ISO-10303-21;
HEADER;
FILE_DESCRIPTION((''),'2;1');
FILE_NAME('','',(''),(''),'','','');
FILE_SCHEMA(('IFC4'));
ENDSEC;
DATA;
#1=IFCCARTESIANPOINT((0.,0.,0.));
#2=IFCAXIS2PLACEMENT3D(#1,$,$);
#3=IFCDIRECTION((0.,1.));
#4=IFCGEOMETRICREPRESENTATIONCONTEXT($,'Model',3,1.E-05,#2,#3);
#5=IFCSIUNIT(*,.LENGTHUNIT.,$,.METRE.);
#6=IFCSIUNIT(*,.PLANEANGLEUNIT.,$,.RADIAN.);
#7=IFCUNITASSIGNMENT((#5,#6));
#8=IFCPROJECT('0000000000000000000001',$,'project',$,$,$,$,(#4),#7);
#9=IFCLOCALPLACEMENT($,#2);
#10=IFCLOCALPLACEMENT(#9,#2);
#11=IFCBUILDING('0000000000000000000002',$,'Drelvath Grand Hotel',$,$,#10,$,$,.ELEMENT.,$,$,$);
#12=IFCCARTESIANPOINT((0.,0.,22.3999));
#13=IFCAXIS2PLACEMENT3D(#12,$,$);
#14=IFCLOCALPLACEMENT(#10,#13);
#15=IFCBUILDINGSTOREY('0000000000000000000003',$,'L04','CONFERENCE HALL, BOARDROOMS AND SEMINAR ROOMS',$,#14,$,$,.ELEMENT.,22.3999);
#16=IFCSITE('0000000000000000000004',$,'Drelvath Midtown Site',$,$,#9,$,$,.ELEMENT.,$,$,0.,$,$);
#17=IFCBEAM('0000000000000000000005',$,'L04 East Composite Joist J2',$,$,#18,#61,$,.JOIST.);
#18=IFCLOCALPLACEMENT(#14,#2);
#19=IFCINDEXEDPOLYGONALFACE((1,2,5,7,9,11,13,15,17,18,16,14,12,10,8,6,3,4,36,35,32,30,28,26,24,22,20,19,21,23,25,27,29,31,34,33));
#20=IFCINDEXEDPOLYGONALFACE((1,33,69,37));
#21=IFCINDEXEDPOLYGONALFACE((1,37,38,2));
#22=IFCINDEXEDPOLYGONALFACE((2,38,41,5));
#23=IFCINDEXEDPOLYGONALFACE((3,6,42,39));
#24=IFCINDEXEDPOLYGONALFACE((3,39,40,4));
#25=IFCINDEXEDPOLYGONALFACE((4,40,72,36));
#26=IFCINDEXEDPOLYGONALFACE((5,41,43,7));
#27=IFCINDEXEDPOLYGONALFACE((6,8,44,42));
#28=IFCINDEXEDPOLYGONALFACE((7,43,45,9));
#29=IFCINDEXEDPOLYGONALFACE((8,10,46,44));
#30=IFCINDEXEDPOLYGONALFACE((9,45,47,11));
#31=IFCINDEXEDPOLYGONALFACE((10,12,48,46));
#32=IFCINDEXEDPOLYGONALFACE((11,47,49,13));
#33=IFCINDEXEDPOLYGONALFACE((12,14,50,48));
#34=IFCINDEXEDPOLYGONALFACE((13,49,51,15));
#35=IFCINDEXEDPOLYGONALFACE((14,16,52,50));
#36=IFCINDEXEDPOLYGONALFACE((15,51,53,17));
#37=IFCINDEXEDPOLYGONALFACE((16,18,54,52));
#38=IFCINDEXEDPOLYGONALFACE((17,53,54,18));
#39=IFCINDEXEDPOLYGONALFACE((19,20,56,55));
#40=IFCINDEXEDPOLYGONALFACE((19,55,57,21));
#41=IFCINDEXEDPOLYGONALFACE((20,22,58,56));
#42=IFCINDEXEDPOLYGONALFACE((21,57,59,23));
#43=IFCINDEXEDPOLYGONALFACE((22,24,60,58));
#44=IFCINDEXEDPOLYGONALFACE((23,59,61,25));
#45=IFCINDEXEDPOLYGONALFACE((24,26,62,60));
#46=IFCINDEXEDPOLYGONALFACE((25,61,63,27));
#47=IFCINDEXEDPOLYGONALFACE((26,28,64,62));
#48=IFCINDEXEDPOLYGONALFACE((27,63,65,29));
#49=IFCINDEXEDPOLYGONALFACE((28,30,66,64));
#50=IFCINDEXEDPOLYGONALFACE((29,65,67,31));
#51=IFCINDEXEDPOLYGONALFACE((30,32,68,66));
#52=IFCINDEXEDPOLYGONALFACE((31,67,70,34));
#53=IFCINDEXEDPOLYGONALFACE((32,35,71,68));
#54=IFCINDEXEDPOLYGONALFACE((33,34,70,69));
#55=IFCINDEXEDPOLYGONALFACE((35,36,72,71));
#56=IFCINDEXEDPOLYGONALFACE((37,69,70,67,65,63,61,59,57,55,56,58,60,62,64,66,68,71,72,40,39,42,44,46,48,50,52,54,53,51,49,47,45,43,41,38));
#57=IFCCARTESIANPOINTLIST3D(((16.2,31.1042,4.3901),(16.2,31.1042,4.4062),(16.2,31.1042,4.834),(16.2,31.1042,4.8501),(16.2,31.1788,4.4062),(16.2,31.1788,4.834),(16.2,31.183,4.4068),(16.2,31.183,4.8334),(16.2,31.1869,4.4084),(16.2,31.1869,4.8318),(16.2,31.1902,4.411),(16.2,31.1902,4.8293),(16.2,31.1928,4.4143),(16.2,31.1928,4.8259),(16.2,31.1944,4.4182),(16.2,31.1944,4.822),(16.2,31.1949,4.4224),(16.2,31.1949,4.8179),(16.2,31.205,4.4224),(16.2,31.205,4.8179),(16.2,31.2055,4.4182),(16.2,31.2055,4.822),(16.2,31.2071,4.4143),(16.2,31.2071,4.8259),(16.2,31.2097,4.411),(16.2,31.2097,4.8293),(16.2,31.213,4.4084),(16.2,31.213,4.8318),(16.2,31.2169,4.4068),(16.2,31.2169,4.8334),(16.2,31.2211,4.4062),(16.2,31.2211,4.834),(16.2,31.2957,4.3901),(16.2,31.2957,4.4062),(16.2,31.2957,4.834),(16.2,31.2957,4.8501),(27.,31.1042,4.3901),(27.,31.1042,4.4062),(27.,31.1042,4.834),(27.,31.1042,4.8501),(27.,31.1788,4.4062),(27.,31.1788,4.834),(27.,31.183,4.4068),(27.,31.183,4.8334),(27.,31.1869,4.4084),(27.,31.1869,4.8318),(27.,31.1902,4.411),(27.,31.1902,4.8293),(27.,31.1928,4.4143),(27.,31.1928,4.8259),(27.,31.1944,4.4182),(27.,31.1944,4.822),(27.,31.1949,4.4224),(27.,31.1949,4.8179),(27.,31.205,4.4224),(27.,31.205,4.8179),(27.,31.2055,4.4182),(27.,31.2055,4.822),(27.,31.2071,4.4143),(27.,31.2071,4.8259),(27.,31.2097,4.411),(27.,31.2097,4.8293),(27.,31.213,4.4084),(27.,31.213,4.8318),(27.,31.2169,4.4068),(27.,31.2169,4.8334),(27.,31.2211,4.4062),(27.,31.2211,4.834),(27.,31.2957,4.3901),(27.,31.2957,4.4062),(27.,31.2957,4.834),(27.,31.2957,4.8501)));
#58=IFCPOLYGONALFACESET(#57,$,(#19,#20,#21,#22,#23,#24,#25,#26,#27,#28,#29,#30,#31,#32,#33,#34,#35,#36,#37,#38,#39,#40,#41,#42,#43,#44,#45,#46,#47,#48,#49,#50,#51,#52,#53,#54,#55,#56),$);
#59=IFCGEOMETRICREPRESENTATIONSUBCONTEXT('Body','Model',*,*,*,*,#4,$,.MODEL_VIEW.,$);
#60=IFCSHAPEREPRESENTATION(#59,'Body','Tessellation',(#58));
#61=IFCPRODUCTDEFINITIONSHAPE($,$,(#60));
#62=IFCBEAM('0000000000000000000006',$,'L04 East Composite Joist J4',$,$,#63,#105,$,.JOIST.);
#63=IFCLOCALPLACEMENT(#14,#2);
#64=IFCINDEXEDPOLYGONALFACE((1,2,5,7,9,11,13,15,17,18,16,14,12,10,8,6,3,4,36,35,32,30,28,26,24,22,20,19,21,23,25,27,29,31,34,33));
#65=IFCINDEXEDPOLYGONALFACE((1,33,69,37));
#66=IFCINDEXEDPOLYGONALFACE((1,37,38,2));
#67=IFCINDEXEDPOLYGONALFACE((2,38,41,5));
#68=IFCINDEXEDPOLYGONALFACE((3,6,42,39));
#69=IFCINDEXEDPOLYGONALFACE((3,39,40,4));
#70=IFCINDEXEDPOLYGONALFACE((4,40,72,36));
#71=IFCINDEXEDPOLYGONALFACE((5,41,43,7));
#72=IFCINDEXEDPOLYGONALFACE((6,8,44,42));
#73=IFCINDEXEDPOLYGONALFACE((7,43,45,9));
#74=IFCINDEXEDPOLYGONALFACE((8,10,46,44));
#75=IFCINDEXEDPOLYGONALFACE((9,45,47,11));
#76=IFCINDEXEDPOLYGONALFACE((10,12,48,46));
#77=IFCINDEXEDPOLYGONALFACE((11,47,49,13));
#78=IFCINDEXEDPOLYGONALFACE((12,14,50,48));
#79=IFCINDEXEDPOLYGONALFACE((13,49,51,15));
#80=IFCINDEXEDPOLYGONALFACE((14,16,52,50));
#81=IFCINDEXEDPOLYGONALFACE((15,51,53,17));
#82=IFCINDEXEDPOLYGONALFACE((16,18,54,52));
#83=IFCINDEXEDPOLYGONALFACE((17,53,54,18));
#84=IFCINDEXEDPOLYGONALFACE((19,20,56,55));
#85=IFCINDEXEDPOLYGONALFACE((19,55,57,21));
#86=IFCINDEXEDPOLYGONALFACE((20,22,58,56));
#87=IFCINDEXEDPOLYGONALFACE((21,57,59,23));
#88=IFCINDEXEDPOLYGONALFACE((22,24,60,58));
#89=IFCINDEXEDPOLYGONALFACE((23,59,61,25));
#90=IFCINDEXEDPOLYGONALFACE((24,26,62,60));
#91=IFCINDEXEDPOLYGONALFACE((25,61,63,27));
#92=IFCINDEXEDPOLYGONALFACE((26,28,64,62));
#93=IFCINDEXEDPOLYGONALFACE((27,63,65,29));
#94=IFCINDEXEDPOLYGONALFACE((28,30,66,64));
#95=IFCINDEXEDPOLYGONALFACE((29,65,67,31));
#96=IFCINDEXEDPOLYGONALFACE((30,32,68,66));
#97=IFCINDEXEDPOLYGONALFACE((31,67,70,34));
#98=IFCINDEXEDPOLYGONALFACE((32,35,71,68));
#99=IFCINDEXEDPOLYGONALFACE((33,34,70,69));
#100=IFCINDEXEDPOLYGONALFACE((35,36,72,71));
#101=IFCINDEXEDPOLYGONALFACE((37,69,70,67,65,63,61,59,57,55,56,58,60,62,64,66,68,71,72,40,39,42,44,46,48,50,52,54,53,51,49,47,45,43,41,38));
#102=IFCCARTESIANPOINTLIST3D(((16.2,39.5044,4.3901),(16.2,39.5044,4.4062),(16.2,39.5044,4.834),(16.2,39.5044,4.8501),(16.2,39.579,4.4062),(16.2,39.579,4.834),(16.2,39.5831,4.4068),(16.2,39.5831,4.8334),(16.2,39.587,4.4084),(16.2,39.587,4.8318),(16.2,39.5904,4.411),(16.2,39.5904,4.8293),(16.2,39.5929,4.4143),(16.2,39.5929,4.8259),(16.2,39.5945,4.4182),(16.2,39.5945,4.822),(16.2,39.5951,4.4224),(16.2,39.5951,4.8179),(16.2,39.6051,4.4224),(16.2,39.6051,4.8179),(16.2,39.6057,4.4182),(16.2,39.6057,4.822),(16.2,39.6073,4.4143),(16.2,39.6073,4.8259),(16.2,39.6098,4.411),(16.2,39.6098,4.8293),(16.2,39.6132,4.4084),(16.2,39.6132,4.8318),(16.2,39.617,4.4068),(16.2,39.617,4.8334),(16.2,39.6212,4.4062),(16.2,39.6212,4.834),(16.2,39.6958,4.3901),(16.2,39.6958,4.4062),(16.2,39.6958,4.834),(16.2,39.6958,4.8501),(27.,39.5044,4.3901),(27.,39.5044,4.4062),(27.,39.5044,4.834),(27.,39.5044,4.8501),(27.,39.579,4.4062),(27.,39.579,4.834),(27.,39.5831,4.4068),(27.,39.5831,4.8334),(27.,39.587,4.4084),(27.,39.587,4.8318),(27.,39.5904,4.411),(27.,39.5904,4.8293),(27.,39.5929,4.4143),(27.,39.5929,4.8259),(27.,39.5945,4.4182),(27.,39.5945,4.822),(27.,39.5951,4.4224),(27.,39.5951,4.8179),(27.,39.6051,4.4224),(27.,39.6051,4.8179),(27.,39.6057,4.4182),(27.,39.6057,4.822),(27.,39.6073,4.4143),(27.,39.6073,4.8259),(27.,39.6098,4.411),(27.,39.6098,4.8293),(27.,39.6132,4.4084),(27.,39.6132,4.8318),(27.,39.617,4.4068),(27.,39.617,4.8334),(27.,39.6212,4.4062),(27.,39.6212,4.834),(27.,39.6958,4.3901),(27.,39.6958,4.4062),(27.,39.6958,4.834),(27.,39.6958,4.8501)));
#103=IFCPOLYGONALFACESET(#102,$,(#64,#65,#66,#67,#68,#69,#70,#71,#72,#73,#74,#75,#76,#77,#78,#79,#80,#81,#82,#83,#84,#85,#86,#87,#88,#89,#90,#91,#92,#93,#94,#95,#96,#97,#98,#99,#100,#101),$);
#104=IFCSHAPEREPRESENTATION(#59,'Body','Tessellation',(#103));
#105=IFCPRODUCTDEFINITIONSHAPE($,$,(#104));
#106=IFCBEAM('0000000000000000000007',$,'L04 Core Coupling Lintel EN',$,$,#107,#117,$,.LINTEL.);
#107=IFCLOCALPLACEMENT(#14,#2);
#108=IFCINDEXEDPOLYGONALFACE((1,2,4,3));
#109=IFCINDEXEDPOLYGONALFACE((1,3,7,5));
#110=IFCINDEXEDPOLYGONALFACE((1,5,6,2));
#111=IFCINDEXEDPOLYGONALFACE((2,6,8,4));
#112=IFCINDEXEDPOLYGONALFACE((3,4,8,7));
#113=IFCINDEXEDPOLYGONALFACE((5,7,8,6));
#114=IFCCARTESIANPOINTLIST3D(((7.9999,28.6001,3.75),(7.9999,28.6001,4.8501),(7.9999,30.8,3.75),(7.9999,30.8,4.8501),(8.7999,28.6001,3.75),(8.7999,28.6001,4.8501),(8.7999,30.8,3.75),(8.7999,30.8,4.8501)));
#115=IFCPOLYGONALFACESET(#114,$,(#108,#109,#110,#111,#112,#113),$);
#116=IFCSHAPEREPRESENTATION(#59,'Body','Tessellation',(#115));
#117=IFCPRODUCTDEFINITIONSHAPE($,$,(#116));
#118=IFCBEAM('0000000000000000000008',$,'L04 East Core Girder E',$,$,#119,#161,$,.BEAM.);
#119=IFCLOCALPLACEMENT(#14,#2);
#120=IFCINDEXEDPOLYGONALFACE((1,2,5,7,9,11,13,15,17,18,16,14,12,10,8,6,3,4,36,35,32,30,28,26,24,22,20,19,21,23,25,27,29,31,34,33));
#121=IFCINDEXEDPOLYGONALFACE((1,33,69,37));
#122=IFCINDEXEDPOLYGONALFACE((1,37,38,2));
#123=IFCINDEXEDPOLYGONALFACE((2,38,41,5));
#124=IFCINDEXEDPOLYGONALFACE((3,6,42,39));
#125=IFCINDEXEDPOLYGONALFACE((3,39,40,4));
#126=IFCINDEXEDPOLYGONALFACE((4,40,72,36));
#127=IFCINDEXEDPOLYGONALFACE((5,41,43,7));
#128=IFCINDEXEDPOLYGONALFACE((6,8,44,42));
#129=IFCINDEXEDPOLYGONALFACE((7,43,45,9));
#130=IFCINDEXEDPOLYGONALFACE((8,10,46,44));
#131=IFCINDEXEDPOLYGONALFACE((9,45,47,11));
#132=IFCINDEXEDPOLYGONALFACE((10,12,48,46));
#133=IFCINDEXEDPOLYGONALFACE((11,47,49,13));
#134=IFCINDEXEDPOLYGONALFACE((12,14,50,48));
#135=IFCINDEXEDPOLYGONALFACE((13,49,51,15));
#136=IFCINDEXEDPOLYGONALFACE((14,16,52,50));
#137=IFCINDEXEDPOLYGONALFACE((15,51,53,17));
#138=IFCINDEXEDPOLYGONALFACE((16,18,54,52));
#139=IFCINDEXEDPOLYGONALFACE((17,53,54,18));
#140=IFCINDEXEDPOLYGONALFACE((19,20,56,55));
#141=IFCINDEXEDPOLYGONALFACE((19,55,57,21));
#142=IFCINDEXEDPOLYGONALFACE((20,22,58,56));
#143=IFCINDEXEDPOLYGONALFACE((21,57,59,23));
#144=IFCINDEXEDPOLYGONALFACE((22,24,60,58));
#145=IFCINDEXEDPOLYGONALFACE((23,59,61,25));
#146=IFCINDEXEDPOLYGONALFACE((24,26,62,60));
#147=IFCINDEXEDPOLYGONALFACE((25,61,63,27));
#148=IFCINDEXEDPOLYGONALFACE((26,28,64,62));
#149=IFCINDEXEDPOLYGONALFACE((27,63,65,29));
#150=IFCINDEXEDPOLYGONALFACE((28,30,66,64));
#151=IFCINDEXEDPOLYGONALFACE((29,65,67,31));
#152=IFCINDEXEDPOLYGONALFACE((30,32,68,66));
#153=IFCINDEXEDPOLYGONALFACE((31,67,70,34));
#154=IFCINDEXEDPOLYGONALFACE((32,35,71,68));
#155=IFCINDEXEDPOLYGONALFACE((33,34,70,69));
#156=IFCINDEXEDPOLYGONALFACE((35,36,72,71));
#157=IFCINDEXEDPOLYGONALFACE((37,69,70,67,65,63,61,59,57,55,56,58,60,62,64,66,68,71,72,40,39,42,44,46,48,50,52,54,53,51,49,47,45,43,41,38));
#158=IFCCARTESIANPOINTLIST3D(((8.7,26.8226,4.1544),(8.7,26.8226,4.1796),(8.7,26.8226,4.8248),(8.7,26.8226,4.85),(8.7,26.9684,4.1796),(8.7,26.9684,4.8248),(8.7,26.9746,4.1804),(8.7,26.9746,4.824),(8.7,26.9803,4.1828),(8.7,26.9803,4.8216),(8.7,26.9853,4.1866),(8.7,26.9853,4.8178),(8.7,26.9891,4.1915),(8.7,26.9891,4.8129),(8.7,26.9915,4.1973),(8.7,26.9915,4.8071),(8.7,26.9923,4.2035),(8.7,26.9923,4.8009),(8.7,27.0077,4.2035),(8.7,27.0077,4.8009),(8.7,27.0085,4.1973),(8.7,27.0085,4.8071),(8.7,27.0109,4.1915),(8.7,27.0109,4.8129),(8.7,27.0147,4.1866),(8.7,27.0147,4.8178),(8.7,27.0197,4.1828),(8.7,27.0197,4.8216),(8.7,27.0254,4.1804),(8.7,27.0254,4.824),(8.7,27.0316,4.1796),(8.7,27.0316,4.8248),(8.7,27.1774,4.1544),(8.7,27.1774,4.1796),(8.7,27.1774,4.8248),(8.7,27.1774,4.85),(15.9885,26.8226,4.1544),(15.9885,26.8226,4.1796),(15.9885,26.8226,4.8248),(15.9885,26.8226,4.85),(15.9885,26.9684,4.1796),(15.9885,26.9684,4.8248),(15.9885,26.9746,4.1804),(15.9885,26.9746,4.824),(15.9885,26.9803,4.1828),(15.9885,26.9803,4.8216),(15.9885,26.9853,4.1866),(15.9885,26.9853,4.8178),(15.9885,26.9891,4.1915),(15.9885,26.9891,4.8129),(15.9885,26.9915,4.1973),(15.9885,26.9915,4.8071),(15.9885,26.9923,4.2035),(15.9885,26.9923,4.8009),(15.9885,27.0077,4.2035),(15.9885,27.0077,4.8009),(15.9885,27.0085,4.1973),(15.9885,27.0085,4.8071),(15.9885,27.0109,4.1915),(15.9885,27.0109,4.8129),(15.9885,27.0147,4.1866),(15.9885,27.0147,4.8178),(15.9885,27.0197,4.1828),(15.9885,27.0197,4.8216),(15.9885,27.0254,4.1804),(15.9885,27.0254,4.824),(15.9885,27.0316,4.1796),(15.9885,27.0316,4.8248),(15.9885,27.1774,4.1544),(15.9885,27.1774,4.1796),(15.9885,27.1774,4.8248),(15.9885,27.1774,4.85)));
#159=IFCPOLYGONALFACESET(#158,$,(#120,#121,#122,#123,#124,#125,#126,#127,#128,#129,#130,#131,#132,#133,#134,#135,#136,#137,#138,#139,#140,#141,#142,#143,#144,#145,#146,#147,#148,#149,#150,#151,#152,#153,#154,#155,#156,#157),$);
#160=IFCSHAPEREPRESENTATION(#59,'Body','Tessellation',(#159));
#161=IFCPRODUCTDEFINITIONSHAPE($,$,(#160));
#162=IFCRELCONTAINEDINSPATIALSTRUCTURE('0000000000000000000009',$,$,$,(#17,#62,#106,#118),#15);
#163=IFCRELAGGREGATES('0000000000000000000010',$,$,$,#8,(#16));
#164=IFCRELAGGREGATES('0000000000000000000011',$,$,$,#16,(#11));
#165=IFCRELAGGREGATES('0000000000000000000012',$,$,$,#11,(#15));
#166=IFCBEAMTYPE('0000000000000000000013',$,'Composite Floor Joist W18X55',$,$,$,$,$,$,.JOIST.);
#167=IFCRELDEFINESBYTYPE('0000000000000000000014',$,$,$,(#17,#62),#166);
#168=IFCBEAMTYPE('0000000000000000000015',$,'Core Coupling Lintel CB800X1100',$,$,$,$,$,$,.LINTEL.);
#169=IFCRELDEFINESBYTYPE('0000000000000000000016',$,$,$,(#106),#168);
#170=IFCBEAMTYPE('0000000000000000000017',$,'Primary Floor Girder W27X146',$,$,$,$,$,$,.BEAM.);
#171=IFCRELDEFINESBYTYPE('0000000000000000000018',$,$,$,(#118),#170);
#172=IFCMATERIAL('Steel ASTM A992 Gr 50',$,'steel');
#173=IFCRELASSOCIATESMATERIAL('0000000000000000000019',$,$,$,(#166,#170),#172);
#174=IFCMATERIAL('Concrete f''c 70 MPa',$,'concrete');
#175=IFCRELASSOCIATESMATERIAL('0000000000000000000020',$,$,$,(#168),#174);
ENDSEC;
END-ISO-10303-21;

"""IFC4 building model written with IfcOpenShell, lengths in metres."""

from ifc_helpers import new_model, si_unit, direction, frame, origin, origin_2d, place, context, subcontext, project, spatial, rectangle, i_section, extrude, material, material_profile, profile_set, type_object, element, save


model = new_model("IFC4")

# Units and contexts
model_context = context("Model", 3, precision=1e-05, world=origin(), true_north=direction((0.0, 1.0)))
body_context = subcontext(model_context, "Body", "Model", "MODEL_VIEW")
ifc_project = project(units=[si_unit("LENGTHUNIT", "METRE"), si_unit("PLANEANGLEUNIT", "RADIAN")], contexts=[model_context])

# Site, building, storey
site_placement = place(None, origin())
site = spatial("IfcSite", under=ifc_project, at=site_placement, Name="Drelvath Midtown Site", CompositionType="ELEMENT", RefElevation=0.0)
building_placement = place(site_placement, origin())
building = spatial("IfcBuilding", under=site, at=building_placement, Name="Drelvath Grand Hotel", CompositionType="ELEMENT")
storey_placement = place(building_placement, frame((0.0, 0.0, 22.3999)))
storey = spatial("IfcBuildingStorey", under=building, at=storey_placement, Name="L04", Description="CONFERENCE HALL, BOARDROOMS AND SEMINAR ROOMS", CompositionType="ELEMENT", Elevation=22.3999)

# Beams
ifc_material_1 = material(Name="Steel ASTM A992 Gr 50", Category="steel")
ifc_material_profile_1 = material_profile(ifc_material_1, i_section(OverallWidth=0.1914, OverallDepth=0.46, WebThickness=0.01, FlangeThickness=0.0161, FilletRadius=0.0161, at=origin_2d()), Name="W18X55")
ifc_profile_set_1 = profile_set([ifc_material_profile_1], Name="Steel ASTM A992 Gr 50")
beam_type_1 = type_object("IfcBeamType", Name="Composite Floor Joist W18X55", PredefinedType="JOIST", material=ifc_profile_set_1)
for number, where, z_axis, x_axis, name in (
    (1, (16.2, 31.2, 4.6201), (1.0, 0.0, 0.0), (0.0, 1.0, 0.0), "L04 East Composite Joist J2"),
    (2, (16.2, 39.6001, 4.6201), (1.0, 0.0, 0.0), (0.0, 1.0, 0.0), "L04 East Composite Joist J4"),
):
    element("IfcBeam", number, at=place(storey_placement, frame(where, z_axis=z_axis, x_axis=x_axis)), inside=storey, type_object=beam_type_1, Name=name, PredefinedType="JOIST", context=body_context, shape_type="SweptSolid", body=[
        extrude(i_section(OverallWidth=0.1914, OverallDepth=0.46, WebThickness=0.01, FlangeThickness=0.0161, FilletRadius=0.0161, at=origin_2d()), origin(), (0.0, 0.0, 1.0), 10.8),
    ])
ifc_material_2 = material(Name="Concrete f'c 70 MPa", Category="concrete")
ifc_material_profile_2 = material_profile(ifc_material_2, rectangle(XDim=0.8, YDim=1.1001, at=origin_2d()), Name="CB800X1100")
ifc_profile_set_2 = profile_set([ifc_material_profile_2], Name="Concrete f'c 70 MPa")
beam_type_2 = type_object("IfcBeamType", Name="Core Coupling Lintel CB800X1100", PredefinedType="LINTEL", material=ifc_profile_set_2)
beam_1_placement = place(storey_placement, frame((8.3999, 28.6001, 4.3), z_axis=(0.0, 1.0, 0.0), x_axis=(-1.0, 0.0, 0.0)))
element("IfcBeam", 3, at=beam_1_placement, inside=storey, type_object=beam_type_2, Name="L04 Core Coupling Lintel EN", PredefinedType="LINTEL", context=body_context, shape_type="SweptSolid", body=[
    extrude(rectangle(XDim=0.8, YDim=1.1001, at=origin_2d()), origin(), (0.0, 0.0, 1.0), 2.2),
])
ifc_material_profile_3 = material_profile(ifc_material_1, i_section(OverallWidth=0.3547, OverallDepth=0.6956, WebThickness=0.0154, FlangeThickness=0.0251, FilletRadius=0.0239, at=origin_2d()), Name="W27X146")
ifc_profile_set_3 = profile_set([ifc_material_profile_3], Name="Steel ASTM A992 Gr 50")
beam_type_3 = type_object("IfcBeamType", Name="Primary Floor Girder W27X146", PredefinedType="BEAM", material=ifc_profile_set_3)
for number, where, z_axis, x_axis, name in (
    (4, (8.7, 27.0, 4.5022), (1.0, 0.0, 0.0), (0.0, 1.0, 0.0), "L04 East Core Girder E"),
):
    element("IfcBeam", number, at=place(storey_placement, frame(where, z_axis=z_axis, x_axis=x_axis)), inside=storey, type_object=beam_type_3, Name=name, PredefinedType="BEAM", context=body_context, shape_type="SweptSolid", body=[
        extrude(i_section(OverallWidth=0.3547, OverallDepth=0.6956, WebThickness=0.0154, FlangeThickness=0.0251, FilletRadius=0.0239, at=origin_2d()), origin(), (0.0, 0.0, 1.0), 7.2886),
    ])

save(model, "model.ifc")
